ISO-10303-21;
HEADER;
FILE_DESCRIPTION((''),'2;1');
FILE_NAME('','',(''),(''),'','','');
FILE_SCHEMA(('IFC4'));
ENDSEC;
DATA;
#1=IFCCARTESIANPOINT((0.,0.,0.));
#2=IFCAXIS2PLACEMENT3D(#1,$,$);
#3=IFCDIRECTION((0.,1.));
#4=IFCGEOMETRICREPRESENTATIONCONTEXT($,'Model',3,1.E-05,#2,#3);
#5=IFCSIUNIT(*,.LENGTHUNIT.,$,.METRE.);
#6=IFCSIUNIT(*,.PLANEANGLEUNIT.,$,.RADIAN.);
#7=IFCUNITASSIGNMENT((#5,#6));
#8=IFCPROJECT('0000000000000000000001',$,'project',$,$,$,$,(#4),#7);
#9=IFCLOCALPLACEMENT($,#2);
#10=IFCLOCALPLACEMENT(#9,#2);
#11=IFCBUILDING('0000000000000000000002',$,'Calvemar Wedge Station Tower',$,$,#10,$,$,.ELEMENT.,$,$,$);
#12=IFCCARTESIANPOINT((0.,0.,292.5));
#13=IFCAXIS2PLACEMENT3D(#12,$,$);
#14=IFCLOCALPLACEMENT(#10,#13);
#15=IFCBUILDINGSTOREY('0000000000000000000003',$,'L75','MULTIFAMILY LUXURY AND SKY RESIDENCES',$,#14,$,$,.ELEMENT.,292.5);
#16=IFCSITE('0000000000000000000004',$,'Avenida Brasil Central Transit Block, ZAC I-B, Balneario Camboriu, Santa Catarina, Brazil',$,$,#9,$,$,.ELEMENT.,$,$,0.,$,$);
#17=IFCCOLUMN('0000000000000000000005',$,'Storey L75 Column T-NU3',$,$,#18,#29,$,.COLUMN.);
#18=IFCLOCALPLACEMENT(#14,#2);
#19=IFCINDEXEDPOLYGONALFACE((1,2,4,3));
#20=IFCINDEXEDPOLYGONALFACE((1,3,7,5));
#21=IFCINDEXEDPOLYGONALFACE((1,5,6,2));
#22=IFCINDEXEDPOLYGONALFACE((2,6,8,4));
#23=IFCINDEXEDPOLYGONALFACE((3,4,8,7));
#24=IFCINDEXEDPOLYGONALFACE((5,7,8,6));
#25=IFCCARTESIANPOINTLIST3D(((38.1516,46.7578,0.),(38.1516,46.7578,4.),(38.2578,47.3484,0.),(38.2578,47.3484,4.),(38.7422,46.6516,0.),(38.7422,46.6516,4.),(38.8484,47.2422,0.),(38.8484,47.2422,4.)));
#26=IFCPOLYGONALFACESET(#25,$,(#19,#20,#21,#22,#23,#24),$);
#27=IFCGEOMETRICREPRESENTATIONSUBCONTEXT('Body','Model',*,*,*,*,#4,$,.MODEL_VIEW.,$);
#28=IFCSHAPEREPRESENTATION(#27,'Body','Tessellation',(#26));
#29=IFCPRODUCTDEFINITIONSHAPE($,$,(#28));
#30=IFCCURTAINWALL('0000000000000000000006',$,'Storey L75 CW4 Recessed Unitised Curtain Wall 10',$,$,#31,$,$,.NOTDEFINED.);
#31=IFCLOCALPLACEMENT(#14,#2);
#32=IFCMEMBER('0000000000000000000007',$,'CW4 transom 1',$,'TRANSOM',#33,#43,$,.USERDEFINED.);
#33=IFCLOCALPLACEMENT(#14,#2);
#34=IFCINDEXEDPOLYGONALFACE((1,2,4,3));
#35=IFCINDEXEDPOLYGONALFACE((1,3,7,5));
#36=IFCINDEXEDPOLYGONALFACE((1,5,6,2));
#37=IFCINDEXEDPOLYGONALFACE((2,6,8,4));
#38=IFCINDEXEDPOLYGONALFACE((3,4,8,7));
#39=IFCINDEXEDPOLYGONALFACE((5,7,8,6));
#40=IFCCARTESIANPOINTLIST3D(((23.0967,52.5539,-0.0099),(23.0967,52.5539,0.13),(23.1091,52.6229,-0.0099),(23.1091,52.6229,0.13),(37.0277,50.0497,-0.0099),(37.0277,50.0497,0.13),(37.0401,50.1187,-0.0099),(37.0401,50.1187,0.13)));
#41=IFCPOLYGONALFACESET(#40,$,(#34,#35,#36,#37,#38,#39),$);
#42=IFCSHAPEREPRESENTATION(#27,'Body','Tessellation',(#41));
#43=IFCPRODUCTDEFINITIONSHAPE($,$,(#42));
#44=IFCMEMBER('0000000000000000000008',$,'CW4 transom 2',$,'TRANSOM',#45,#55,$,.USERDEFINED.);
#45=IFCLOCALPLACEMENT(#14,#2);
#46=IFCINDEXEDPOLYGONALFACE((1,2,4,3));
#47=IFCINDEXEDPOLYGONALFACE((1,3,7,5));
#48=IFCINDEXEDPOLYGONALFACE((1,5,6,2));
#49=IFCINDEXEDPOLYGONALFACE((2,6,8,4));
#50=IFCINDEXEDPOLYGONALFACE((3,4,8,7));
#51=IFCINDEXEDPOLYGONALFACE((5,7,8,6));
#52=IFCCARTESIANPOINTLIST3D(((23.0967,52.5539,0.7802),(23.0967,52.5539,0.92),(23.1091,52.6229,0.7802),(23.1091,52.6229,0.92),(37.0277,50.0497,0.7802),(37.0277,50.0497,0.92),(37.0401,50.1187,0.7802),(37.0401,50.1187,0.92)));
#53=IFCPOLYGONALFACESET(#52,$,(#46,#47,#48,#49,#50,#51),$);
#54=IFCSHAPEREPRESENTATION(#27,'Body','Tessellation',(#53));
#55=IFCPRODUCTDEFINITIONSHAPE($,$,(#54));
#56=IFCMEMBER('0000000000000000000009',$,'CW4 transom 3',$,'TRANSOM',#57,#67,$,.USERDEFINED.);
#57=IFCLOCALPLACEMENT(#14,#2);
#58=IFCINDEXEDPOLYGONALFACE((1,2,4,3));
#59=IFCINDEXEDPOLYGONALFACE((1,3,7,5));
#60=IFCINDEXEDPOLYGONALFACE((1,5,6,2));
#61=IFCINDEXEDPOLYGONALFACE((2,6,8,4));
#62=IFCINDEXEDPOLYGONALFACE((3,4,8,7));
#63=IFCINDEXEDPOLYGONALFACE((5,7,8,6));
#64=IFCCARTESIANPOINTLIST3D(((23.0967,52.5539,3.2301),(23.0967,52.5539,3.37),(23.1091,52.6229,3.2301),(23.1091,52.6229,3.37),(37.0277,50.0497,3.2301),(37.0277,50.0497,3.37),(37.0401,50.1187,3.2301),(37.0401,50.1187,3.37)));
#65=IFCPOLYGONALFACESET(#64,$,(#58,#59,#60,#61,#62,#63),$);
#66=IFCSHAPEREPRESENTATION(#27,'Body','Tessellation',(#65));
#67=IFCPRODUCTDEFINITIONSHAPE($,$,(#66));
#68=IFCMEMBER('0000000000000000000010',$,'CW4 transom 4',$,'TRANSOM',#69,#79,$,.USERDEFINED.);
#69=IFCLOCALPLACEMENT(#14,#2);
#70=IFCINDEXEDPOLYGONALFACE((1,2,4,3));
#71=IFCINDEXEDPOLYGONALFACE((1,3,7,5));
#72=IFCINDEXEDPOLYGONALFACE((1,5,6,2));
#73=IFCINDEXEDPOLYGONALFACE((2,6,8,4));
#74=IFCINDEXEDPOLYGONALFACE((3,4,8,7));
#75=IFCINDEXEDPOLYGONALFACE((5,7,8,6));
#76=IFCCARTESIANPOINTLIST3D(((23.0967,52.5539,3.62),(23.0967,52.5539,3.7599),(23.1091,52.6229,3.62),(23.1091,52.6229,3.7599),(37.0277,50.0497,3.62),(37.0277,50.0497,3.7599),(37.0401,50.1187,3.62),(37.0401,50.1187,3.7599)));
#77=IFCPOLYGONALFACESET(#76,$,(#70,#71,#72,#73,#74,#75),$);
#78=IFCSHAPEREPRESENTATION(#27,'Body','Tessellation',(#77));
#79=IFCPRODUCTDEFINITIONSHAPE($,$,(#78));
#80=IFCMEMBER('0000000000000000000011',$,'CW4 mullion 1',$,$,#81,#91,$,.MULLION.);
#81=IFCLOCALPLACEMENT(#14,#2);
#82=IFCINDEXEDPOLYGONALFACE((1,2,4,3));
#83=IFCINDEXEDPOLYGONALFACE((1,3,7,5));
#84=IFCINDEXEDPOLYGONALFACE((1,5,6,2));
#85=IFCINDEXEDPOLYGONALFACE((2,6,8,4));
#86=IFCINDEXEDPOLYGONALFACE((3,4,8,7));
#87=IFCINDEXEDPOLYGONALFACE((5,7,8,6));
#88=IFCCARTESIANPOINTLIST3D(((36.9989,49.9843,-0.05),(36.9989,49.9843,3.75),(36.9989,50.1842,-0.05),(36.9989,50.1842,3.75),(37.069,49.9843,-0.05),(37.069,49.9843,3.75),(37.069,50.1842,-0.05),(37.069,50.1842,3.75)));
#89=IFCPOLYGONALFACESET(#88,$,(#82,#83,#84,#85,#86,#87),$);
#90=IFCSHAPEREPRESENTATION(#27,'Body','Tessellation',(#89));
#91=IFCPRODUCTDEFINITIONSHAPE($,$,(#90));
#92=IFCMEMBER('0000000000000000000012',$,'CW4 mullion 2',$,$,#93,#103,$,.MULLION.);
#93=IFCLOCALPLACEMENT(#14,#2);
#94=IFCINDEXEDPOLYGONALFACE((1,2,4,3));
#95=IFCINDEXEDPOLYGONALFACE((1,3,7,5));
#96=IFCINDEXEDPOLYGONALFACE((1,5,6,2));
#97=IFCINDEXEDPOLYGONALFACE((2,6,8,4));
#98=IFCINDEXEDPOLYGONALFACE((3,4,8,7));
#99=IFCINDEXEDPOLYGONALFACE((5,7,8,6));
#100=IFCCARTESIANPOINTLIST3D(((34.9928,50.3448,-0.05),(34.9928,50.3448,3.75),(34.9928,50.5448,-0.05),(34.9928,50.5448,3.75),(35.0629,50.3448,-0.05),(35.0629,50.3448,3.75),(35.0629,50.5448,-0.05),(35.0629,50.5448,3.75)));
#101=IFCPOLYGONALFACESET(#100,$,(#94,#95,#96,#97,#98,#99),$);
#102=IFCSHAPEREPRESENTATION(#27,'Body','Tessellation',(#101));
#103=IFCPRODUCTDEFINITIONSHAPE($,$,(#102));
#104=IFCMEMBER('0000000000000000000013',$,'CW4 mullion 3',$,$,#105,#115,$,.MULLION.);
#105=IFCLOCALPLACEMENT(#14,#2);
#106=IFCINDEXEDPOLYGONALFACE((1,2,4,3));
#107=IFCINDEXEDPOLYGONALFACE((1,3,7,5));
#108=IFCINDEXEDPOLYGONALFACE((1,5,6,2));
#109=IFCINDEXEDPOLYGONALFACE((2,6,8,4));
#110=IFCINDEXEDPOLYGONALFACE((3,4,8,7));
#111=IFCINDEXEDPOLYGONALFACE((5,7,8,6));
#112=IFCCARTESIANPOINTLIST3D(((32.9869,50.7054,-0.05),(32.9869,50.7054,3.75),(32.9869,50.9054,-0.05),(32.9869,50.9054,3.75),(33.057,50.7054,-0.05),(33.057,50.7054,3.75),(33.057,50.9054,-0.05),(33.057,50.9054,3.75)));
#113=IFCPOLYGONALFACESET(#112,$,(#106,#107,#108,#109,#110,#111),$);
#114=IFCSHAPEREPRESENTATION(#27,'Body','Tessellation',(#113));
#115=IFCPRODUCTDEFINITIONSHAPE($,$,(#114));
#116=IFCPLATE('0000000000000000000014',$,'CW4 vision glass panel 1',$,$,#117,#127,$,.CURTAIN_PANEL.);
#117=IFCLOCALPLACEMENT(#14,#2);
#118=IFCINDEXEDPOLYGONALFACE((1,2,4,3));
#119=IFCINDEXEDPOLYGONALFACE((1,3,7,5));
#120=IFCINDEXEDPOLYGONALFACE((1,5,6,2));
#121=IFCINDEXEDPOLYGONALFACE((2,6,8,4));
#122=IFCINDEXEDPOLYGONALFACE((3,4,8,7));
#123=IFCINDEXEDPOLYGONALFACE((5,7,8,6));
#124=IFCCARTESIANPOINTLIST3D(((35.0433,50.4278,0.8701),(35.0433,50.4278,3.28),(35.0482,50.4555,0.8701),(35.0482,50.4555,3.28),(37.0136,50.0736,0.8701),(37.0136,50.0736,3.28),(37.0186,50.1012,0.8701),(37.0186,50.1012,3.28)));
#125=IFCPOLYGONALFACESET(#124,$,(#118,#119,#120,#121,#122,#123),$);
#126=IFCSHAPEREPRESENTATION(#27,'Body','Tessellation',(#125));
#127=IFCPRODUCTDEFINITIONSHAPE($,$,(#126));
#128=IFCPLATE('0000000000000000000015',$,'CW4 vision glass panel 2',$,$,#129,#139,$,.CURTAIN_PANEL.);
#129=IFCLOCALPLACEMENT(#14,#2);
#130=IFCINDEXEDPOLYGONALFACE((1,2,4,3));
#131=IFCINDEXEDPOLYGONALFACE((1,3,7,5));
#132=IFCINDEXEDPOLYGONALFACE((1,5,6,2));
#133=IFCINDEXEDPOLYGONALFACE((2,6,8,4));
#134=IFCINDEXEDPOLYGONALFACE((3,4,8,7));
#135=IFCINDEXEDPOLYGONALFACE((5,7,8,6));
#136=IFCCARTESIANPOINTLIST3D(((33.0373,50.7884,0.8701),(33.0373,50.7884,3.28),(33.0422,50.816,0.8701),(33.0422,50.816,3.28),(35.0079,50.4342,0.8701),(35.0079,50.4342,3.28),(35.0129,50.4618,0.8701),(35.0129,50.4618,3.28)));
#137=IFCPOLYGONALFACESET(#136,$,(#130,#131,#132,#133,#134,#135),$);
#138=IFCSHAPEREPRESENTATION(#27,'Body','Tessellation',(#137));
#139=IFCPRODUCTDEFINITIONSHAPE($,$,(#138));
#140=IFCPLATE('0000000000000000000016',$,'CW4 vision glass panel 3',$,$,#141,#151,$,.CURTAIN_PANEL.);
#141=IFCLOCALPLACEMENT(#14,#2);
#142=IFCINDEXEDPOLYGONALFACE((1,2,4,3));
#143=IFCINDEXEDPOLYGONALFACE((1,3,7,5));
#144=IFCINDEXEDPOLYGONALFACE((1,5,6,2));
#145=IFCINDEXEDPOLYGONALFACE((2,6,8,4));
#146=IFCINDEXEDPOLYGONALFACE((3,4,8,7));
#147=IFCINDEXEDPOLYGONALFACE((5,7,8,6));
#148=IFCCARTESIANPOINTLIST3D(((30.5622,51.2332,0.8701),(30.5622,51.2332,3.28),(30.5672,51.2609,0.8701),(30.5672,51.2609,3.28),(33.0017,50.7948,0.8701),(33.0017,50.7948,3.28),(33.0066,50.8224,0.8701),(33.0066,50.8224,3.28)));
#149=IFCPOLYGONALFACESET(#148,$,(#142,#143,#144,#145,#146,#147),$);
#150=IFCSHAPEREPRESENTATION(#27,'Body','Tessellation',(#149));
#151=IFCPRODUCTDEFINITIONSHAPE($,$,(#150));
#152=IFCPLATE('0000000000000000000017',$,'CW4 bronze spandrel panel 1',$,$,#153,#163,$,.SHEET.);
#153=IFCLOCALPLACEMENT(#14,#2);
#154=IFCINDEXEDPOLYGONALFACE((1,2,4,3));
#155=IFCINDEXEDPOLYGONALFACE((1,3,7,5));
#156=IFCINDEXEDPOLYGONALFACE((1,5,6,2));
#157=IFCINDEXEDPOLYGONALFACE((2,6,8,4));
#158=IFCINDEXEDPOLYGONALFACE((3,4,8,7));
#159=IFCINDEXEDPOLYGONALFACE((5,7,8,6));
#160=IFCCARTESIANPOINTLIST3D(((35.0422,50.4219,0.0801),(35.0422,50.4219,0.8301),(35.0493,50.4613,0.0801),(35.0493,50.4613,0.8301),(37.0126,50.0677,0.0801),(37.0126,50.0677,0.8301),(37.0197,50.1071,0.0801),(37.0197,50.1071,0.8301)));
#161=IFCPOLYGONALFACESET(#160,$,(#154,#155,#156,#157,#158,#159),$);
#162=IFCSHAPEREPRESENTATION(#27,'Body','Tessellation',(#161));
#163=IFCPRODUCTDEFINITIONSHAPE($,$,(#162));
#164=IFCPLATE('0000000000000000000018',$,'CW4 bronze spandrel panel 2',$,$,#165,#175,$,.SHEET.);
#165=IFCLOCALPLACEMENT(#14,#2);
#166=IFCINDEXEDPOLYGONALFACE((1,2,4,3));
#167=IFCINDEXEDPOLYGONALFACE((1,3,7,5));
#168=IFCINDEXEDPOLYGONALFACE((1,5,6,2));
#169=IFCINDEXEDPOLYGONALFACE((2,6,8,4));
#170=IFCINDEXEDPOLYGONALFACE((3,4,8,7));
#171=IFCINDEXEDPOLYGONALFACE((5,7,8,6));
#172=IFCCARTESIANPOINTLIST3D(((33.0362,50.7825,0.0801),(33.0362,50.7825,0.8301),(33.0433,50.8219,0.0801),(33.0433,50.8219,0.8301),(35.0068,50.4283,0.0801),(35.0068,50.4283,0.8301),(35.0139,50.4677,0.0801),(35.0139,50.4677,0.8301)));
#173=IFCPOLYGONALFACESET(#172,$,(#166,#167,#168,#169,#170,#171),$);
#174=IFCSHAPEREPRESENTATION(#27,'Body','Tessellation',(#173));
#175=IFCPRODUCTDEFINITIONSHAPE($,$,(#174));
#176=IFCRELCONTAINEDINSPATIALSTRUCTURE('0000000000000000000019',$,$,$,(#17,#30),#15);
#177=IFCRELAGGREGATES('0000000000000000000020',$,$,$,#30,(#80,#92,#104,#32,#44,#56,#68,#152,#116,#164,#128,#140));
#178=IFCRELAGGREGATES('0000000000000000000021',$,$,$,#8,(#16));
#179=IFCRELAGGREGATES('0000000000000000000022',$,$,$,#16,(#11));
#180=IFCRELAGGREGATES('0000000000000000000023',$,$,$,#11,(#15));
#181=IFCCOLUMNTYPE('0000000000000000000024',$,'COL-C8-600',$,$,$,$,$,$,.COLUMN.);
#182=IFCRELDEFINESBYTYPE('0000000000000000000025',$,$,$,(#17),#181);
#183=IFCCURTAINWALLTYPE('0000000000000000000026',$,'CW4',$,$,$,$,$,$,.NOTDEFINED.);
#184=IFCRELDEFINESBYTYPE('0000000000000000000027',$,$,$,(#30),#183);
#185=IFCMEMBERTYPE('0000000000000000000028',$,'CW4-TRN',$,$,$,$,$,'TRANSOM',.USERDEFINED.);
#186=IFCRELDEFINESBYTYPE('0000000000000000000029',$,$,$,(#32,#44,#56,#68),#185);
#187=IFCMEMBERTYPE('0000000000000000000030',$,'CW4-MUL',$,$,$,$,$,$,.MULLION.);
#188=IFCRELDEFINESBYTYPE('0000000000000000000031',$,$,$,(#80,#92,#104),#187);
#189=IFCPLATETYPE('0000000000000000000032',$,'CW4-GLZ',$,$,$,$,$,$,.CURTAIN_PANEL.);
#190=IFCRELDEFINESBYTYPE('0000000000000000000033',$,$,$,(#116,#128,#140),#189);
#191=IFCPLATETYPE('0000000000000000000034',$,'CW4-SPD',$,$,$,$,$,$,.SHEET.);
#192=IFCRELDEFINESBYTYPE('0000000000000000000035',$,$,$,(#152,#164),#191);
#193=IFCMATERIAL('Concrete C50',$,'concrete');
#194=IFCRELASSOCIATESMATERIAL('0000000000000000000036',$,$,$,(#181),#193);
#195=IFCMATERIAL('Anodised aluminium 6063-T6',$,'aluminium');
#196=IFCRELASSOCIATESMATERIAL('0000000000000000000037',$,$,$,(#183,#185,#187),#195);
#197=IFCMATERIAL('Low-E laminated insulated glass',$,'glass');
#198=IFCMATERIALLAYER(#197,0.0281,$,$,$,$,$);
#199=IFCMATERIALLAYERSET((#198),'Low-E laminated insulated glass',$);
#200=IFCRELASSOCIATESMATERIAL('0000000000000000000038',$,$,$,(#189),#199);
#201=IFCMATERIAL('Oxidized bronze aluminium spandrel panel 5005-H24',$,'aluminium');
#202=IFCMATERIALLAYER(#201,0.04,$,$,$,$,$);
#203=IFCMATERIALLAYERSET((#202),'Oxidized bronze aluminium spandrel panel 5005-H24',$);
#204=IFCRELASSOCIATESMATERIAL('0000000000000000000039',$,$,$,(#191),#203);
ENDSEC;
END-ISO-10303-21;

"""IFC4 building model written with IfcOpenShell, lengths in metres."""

from ifc_helpers import new_model, si_unit, direction, frame, frame_2d, origin, origin_2d, place, context, subcontext, project, spatial, rectangle, extrude, source, transform, mapped, material, layer, layer_set, material_profile, profile_set, type_object, element, aggregate, save


model = new_model("IFC4")

# Units and contexts
model_context = context("Model", 3, precision=1e-05, world=origin(), true_north=direction((0.0, 1.0)))
body_context = subcontext(model_context, "Body", "Model", "MODEL_VIEW")
ifc_project = project(units=[si_unit("LENGTHUNIT", "METRE"), si_unit("PLANEANGLEUNIT", "RADIAN")], contexts=[model_context])

# Site, building, storey
site_placement = place(None, origin())
site = spatial("IfcSite", under=ifc_project, at=site_placement, Name="Avenida Brasil Central Transit Block, ZAC I-B, Balneario Camboriu, Santa Catarina, Brazil", CompositionType="ELEMENT", RefElevation=0.0)
building_placement = place(site_placement, origin())
building = spatial("IfcBuilding", under=site, at=building_placement, Name="Calvemar Wedge Station Tower", CompositionType="ELEMENT")
storey_placement = place(building_placement, frame((0.0, 0.0, 292.5)))
storey = spatial("IfcBuildingStorey", under=building, at=storey_placement, Name="L75", Description="MULTIFAMILY LUXURY AND SKY RESIDENCES", CompositionType="ELEMENT", Elevation=292.5)

# Column
ifc_material_1 = material(Name="Concrete C50", Category="concrete")
ifc_material_profile_1 = material_profile(ifc_material_1, rectangle(XDim=0.6001, YDim=0.6001, at=origin_2d()), Name="RC600x600")
ifc_profile_set_1 = profile_set([ifc_material_profile_1], Name="Concrete C50")
column_type = type_object("IfcColumnType", Name="COL-C8-600", PredefinedType="COLUMN", material=ifc_profile_set_1)
shared_shape_1 = source(origin(), body_context, "Body", "SweptSolid", [
    extrude(rectangle(XDim=0.6001, YDim=0.6001, at=origin_2d()), origin(), (0.0, 0.0, 1.0), 4.0),
])
column_placement = place(storey_placement, frame((38.5, 47.0, 0.0), z_axis=(0.0, 0.0, 1.0), x_axis=(0.984196, -0.177085, 0.0)))
element("IfcColumn", 1, at=column_placement, inside=storey, type_object=column_type, Name="Storey L75 Column T-NU3", PredefinedType="COLUMN", context=body_context, shape_type="MappedRepresentation", body=[
    mapped(shared_shape_1, transform((0.0, 0.0, 0.0), scale=1.0)),
])

# Curtain wall, members, plates
ifc_material_2 = material(Name="Anodised aluminium 6063-T6", Category="aluminium")
curtain_wall_type = type_object("IfcCurtainWallType", Name="CW4", PredefinedType="NOTDEFINED", material=ifc_material_2)
curtain_wall_placement = place(storey_placement, origin())
curtain_wall = element("IfcCurtainWall", 2, at=curtain_wall_placement, inside=storey, type_object=curtain_wall_type, Name="Storey L75 CW4 Recessed Unitised Curtain Wall 10", PredefinedType="NOTDEFINED")
ifc_material_profile_2 = material_profile(ifc_material_2, rectangle(XDim=0.0701, YDim=0.1399, at=origin_2d()), Name="AL-TRN-70x140")
ifc_profile_set_2 = profile_set([ifc_material_profile_2], Name="Anodised aluminium 6063-T6")
member_type_1 = type_object("IfcMemberType", Name="CW4-TRN", ElementType="TRANSOM", PredefinedType="USERDEFINED", material=ifc_profile_set_2)
shared_shape_2 = source(origin(), body_context, "Body", "SweptSolid", [
    extrude(rectangle(XDim=0.0701, YDim=0.1399, at=origin_2d()), origin(), (0.0, 0.0, 1.0), 14.1543),
])
member_1_placement = place(storey_placement, frame((37.0339, 50.0842, 0.0601), z_axis=(-0.984225, 0.176919, 0.0), x_axis=(-0.176919, -0.984225, 0.0)))
member_1 = element("IfcMember", 3, at=member_1_placement, type_object=member_type_1, Name="CW4 transom 1", ObjectType="TRANSOM", PredefinedType="USERDEFINED", context=body_context, shape_type="MappedRepresentation", body=[
    mapped(shared_shape_2, transform((0.0, 0.0, 0.0), scale=1.0)),
])
member_2_placement = place(storey_placement, frame((37.0339, 50.0842, 0.8501), z_axis=(-0.984225, 0.176919, 0.0), x_axis=(-0.176919, -0.984225, 0.0)))
member_2 = element("IfcMember", 4, at=member_2_placement, type_object=member_type_1, Name="CW4 transom 2", ObjectType="TRANSOM", PredefinedType="USERDEFINED", context=body_context, shape_type="MappedRepresentation", body=[
    mapped(shared_shape_2, transform((0.0, 0.0, 0.0), scale=1.0)),
])
member_3_placement = place(storey_placement, frame((37.0339, 50.0842, 3.3), z_axis=(-0.984225, 0.176919, 0.0), x_axis=(-0.176919, -0.984225, 0.0)))
member_3 = element("IfcMember", 5, at=member_3_placement, type_object=member_type_1, Name="CW4 transom 3", ObjectType="TRANSOM", PredefinedType="USERDEFINED", context=body_context, shape_type="MappedRepresentation", body=[
    mapped(shared_shape_2, transform((0.0, 0.0, 0.0), scale=1.0)),
])
member_4_placement = place(storey_placement, frame((37.0339, 50.0842, 3.6899), z_axis=(-0.984225, 0.176919, 0.0), x_axis=(-0.176919, -0.984225, 0.0)))
member_4 = element("IfcMember", 6, at=member_4_placement, type_object=member_type_1, Name="CW4 transom 4", ObjectType="TRANSOM", PredefinedType="USERDEFINED", context=body_context, shape_type="MappedRepresentation", body=[
    mapped(shared_shape_2, transform((0.0, 0.0, 0.0), scale=1.0)),
])
ifc_material_profile_3 = material_profile(ifc_material_2, rectangle(XDim=0.0701, YDim=0.2, at=origin_2d()), Name="AL-MUL-70x200")
ifc_profile_set_3 = profile_set([ifc_material_profile_3], Name="Anodised aluminium 6063-T6")
member_type_2 = type_object("IfcMemberType", Name="CW4-MUL", PredefinedType="MULLION", material=ifc_profile_set_3)
shared_shape_3 = source(origin(), body_context, "Body", "SweptSolid", [
    extrude(rectangle(XDim=0.0701, YDim=0.2, at=origin_2d()), origin(), (0.0, 0.0, 1.0), 3.8),
])
member_5_placement = place(storey_placement, frame((37.0339, 50.0842, -0.05), z_axis=(0.0, 0.0, 1.0), x_axis=(1.0, 0.0, 0.0)))
member_5 = element("IfcMember", 7, at=member_5_placement, type_object=member_type_2, Name="CW4 mullion 1", PredefinedType="MULLION", context=body_context, shape_type="MappedRepresentation", body=[
    mapped(shared_shape_3, transform((0.0, 0.0, 0.0), scale=1.0)),
])
member_6_placement = place(storey_placement, frame((35.0278, 50.4448, -0.05), z_axis=(0.0, 0.0, 1.0), x_axis=(1.0, 0.0, 0.0)))
member_6 = element("IfcMember", 8, at=member_6_placement, type_object=member_type_2, Name="CW4 mullion 2", PredefinedType="MULLION", context=body_context, shape_type="MappedRepresentation", body=[
    mapped(shared_shape_3, transform((0.0, 0.0, 0.0), scale=1.0)),
])
member_7_placement = place(storey_placement, frame((33.022, 50.8054, -0.05), z_axis=(0.0, 0.0, 1.0), x_axis=(1.0, 0.0, 0.0)))
member_7 = element("IfcMember", 9, at=member_7_placement, type_object=member_type_2, Name="CW4 mullion 3", PredefinedType="MULLION", context=body_context, shape_type="MappedRepresentation", body=[
    mapped(shared_shape_3, transform((0.0, 0.0, 0.0), scale=1.0)),
])
ifc_material_3 = material(Name="Low-E laminated insulated glass", Category="glass")
ifc_layer_1 = layer(ifc_material_3, 0.0281)
ifc_layer_set_1 = layer_set([ifc_layer_1], Name="Low-E laminated insulated glass")
plate_type_1 = type_object("IfcPlateType", Name="CW4-GLZ", PredefinedType="CURTAIN_PANEL", material=ifc_layer_set_1)
plate_1_placement = place(storey_placement, frame((37.0161, 50.0874, 0.8701), z_axis=(0.0, 0.0, 1.0), x_axis=(-0.984221, 0.176943, 0.0)))
plate_1 = element("IfcPlate", 10, at=plate_1_placement, type_object=plate_type_1, Name="CW4 vision glass panel 1", PredefinedType="CURTAIN_PANEL", context=body_context, shape_type="SweptSolid", body=[
    extrude(rectangle(XDim=2.002, YDim=0.0281, at=frame_2d((1.001, 0.0))), origin(), (0.0, 0.0, 1.0), 2.4099),
])
plate_2_placement = place(storey_placement, frame((35.0103, 50.448, 0.8701), z_axis=(0.0, 0.0, 1.0), x_axis=(-0.984225, 0.176922, 0.0)))
plate_2 = element("IfcPlate", 11, at=plate_2_placement, type_object=plate_type_1, Name="CW4 vision glass panel 2", PredefinedType="CURTAIN_PANEL", context=body_context, shape_type="SweptSolid", body=[
    extrude(rectangle(XDim=2.0022, YDim=0.0281, at=frame_2d((1.001, 0.0))), origin(), (0.0, 0.0, 1.0), 2.4099),
])
plate_3_placement = place(storey_placement, frame((33.0042, 50.8086, 0.8701), z_axis=(0.0, 0.0, 1.0), x_axis=(-0.984227, 0.176909, 0.0)))
plate_3 = element("IfcPlate", 12, at=plate_3_placement, type_object=plate_type_1, Name="CW4 vision glass panel 3", PredefinedType="CURTAIN_PANEL", context=body_context, shape_type="SweptSolid", body=[
    extrude(rectangle(XDim=2.4785, YDim=0.0281, at=frame_2d((1.2393, 0.0))), origin(), (0.0, 0.0, 1.0), 2.4099),
])
ifc_material_4 = material(Name="Oxidized bronze aluminium spandrel panel 5005-H24", Category="aluminium")
ifc_layer_2 = layer(ifc_material_4, 0.04)
ifc_layer_set_2 = layer_set([ifc_layer_2], Name="Oxidized bronze aluminium spandrel panel 5005-H24")
plate_type_2 = type_object("IfcPlateType", Name="CW4-SPD", PredefinedType="SHEET", material=ifc_layer_set_2)
plate_4_placement = place(storey_placement, frame((37.0161, 50.0874, 0.0801), z_axis=(0.0, 0.0, 1.0), x_axis=(-0.984221, 0.176943, 0.0)))
plate_4 = element("IfcPlate", 13, at=plate_4_placement, type_object=plate_type_2, Name="CW4 bronze spandrel panel 1", PredefinedType="SHEET", context=body_context, shape_type="SweptSolid", body=[
    extrude(rectangle(XDim=2.002, YDim=0.04, at=frame_2d((1.001, 0.0))), origin(), (0.0, 0.0, 1.0), 0.75),
])
plate_5_placement = place(storey_placement, frame((35.0103, 50.448, 0.0801), z_axis=(0.0, 0.0, 1.0), x_axis=(-0.984225, 0.176922, 0.0)))
plate_5 = element("IfcPlate", 14, at=plate_5_placement, type_object=plate_type_2, Name="CW4 bronze spandrel panel 2", PredefinedType="SHEET", context=body_context, shape_type="SweptSolid", body=[
    extrude(rectangle(XDim=2.0022, YDim=0.04, at=frame_2d((1.001, 0.0))), origin(), (0.0, 0.0, 1.0), 0.75),
])
aggregate(curtain_wall, [member_5, member_6, member_7, member_1, member_2, member_3, member_4, plate_4, plate_1, plate_5, plate_2, plate_3])

save(model, "model.ifc")
